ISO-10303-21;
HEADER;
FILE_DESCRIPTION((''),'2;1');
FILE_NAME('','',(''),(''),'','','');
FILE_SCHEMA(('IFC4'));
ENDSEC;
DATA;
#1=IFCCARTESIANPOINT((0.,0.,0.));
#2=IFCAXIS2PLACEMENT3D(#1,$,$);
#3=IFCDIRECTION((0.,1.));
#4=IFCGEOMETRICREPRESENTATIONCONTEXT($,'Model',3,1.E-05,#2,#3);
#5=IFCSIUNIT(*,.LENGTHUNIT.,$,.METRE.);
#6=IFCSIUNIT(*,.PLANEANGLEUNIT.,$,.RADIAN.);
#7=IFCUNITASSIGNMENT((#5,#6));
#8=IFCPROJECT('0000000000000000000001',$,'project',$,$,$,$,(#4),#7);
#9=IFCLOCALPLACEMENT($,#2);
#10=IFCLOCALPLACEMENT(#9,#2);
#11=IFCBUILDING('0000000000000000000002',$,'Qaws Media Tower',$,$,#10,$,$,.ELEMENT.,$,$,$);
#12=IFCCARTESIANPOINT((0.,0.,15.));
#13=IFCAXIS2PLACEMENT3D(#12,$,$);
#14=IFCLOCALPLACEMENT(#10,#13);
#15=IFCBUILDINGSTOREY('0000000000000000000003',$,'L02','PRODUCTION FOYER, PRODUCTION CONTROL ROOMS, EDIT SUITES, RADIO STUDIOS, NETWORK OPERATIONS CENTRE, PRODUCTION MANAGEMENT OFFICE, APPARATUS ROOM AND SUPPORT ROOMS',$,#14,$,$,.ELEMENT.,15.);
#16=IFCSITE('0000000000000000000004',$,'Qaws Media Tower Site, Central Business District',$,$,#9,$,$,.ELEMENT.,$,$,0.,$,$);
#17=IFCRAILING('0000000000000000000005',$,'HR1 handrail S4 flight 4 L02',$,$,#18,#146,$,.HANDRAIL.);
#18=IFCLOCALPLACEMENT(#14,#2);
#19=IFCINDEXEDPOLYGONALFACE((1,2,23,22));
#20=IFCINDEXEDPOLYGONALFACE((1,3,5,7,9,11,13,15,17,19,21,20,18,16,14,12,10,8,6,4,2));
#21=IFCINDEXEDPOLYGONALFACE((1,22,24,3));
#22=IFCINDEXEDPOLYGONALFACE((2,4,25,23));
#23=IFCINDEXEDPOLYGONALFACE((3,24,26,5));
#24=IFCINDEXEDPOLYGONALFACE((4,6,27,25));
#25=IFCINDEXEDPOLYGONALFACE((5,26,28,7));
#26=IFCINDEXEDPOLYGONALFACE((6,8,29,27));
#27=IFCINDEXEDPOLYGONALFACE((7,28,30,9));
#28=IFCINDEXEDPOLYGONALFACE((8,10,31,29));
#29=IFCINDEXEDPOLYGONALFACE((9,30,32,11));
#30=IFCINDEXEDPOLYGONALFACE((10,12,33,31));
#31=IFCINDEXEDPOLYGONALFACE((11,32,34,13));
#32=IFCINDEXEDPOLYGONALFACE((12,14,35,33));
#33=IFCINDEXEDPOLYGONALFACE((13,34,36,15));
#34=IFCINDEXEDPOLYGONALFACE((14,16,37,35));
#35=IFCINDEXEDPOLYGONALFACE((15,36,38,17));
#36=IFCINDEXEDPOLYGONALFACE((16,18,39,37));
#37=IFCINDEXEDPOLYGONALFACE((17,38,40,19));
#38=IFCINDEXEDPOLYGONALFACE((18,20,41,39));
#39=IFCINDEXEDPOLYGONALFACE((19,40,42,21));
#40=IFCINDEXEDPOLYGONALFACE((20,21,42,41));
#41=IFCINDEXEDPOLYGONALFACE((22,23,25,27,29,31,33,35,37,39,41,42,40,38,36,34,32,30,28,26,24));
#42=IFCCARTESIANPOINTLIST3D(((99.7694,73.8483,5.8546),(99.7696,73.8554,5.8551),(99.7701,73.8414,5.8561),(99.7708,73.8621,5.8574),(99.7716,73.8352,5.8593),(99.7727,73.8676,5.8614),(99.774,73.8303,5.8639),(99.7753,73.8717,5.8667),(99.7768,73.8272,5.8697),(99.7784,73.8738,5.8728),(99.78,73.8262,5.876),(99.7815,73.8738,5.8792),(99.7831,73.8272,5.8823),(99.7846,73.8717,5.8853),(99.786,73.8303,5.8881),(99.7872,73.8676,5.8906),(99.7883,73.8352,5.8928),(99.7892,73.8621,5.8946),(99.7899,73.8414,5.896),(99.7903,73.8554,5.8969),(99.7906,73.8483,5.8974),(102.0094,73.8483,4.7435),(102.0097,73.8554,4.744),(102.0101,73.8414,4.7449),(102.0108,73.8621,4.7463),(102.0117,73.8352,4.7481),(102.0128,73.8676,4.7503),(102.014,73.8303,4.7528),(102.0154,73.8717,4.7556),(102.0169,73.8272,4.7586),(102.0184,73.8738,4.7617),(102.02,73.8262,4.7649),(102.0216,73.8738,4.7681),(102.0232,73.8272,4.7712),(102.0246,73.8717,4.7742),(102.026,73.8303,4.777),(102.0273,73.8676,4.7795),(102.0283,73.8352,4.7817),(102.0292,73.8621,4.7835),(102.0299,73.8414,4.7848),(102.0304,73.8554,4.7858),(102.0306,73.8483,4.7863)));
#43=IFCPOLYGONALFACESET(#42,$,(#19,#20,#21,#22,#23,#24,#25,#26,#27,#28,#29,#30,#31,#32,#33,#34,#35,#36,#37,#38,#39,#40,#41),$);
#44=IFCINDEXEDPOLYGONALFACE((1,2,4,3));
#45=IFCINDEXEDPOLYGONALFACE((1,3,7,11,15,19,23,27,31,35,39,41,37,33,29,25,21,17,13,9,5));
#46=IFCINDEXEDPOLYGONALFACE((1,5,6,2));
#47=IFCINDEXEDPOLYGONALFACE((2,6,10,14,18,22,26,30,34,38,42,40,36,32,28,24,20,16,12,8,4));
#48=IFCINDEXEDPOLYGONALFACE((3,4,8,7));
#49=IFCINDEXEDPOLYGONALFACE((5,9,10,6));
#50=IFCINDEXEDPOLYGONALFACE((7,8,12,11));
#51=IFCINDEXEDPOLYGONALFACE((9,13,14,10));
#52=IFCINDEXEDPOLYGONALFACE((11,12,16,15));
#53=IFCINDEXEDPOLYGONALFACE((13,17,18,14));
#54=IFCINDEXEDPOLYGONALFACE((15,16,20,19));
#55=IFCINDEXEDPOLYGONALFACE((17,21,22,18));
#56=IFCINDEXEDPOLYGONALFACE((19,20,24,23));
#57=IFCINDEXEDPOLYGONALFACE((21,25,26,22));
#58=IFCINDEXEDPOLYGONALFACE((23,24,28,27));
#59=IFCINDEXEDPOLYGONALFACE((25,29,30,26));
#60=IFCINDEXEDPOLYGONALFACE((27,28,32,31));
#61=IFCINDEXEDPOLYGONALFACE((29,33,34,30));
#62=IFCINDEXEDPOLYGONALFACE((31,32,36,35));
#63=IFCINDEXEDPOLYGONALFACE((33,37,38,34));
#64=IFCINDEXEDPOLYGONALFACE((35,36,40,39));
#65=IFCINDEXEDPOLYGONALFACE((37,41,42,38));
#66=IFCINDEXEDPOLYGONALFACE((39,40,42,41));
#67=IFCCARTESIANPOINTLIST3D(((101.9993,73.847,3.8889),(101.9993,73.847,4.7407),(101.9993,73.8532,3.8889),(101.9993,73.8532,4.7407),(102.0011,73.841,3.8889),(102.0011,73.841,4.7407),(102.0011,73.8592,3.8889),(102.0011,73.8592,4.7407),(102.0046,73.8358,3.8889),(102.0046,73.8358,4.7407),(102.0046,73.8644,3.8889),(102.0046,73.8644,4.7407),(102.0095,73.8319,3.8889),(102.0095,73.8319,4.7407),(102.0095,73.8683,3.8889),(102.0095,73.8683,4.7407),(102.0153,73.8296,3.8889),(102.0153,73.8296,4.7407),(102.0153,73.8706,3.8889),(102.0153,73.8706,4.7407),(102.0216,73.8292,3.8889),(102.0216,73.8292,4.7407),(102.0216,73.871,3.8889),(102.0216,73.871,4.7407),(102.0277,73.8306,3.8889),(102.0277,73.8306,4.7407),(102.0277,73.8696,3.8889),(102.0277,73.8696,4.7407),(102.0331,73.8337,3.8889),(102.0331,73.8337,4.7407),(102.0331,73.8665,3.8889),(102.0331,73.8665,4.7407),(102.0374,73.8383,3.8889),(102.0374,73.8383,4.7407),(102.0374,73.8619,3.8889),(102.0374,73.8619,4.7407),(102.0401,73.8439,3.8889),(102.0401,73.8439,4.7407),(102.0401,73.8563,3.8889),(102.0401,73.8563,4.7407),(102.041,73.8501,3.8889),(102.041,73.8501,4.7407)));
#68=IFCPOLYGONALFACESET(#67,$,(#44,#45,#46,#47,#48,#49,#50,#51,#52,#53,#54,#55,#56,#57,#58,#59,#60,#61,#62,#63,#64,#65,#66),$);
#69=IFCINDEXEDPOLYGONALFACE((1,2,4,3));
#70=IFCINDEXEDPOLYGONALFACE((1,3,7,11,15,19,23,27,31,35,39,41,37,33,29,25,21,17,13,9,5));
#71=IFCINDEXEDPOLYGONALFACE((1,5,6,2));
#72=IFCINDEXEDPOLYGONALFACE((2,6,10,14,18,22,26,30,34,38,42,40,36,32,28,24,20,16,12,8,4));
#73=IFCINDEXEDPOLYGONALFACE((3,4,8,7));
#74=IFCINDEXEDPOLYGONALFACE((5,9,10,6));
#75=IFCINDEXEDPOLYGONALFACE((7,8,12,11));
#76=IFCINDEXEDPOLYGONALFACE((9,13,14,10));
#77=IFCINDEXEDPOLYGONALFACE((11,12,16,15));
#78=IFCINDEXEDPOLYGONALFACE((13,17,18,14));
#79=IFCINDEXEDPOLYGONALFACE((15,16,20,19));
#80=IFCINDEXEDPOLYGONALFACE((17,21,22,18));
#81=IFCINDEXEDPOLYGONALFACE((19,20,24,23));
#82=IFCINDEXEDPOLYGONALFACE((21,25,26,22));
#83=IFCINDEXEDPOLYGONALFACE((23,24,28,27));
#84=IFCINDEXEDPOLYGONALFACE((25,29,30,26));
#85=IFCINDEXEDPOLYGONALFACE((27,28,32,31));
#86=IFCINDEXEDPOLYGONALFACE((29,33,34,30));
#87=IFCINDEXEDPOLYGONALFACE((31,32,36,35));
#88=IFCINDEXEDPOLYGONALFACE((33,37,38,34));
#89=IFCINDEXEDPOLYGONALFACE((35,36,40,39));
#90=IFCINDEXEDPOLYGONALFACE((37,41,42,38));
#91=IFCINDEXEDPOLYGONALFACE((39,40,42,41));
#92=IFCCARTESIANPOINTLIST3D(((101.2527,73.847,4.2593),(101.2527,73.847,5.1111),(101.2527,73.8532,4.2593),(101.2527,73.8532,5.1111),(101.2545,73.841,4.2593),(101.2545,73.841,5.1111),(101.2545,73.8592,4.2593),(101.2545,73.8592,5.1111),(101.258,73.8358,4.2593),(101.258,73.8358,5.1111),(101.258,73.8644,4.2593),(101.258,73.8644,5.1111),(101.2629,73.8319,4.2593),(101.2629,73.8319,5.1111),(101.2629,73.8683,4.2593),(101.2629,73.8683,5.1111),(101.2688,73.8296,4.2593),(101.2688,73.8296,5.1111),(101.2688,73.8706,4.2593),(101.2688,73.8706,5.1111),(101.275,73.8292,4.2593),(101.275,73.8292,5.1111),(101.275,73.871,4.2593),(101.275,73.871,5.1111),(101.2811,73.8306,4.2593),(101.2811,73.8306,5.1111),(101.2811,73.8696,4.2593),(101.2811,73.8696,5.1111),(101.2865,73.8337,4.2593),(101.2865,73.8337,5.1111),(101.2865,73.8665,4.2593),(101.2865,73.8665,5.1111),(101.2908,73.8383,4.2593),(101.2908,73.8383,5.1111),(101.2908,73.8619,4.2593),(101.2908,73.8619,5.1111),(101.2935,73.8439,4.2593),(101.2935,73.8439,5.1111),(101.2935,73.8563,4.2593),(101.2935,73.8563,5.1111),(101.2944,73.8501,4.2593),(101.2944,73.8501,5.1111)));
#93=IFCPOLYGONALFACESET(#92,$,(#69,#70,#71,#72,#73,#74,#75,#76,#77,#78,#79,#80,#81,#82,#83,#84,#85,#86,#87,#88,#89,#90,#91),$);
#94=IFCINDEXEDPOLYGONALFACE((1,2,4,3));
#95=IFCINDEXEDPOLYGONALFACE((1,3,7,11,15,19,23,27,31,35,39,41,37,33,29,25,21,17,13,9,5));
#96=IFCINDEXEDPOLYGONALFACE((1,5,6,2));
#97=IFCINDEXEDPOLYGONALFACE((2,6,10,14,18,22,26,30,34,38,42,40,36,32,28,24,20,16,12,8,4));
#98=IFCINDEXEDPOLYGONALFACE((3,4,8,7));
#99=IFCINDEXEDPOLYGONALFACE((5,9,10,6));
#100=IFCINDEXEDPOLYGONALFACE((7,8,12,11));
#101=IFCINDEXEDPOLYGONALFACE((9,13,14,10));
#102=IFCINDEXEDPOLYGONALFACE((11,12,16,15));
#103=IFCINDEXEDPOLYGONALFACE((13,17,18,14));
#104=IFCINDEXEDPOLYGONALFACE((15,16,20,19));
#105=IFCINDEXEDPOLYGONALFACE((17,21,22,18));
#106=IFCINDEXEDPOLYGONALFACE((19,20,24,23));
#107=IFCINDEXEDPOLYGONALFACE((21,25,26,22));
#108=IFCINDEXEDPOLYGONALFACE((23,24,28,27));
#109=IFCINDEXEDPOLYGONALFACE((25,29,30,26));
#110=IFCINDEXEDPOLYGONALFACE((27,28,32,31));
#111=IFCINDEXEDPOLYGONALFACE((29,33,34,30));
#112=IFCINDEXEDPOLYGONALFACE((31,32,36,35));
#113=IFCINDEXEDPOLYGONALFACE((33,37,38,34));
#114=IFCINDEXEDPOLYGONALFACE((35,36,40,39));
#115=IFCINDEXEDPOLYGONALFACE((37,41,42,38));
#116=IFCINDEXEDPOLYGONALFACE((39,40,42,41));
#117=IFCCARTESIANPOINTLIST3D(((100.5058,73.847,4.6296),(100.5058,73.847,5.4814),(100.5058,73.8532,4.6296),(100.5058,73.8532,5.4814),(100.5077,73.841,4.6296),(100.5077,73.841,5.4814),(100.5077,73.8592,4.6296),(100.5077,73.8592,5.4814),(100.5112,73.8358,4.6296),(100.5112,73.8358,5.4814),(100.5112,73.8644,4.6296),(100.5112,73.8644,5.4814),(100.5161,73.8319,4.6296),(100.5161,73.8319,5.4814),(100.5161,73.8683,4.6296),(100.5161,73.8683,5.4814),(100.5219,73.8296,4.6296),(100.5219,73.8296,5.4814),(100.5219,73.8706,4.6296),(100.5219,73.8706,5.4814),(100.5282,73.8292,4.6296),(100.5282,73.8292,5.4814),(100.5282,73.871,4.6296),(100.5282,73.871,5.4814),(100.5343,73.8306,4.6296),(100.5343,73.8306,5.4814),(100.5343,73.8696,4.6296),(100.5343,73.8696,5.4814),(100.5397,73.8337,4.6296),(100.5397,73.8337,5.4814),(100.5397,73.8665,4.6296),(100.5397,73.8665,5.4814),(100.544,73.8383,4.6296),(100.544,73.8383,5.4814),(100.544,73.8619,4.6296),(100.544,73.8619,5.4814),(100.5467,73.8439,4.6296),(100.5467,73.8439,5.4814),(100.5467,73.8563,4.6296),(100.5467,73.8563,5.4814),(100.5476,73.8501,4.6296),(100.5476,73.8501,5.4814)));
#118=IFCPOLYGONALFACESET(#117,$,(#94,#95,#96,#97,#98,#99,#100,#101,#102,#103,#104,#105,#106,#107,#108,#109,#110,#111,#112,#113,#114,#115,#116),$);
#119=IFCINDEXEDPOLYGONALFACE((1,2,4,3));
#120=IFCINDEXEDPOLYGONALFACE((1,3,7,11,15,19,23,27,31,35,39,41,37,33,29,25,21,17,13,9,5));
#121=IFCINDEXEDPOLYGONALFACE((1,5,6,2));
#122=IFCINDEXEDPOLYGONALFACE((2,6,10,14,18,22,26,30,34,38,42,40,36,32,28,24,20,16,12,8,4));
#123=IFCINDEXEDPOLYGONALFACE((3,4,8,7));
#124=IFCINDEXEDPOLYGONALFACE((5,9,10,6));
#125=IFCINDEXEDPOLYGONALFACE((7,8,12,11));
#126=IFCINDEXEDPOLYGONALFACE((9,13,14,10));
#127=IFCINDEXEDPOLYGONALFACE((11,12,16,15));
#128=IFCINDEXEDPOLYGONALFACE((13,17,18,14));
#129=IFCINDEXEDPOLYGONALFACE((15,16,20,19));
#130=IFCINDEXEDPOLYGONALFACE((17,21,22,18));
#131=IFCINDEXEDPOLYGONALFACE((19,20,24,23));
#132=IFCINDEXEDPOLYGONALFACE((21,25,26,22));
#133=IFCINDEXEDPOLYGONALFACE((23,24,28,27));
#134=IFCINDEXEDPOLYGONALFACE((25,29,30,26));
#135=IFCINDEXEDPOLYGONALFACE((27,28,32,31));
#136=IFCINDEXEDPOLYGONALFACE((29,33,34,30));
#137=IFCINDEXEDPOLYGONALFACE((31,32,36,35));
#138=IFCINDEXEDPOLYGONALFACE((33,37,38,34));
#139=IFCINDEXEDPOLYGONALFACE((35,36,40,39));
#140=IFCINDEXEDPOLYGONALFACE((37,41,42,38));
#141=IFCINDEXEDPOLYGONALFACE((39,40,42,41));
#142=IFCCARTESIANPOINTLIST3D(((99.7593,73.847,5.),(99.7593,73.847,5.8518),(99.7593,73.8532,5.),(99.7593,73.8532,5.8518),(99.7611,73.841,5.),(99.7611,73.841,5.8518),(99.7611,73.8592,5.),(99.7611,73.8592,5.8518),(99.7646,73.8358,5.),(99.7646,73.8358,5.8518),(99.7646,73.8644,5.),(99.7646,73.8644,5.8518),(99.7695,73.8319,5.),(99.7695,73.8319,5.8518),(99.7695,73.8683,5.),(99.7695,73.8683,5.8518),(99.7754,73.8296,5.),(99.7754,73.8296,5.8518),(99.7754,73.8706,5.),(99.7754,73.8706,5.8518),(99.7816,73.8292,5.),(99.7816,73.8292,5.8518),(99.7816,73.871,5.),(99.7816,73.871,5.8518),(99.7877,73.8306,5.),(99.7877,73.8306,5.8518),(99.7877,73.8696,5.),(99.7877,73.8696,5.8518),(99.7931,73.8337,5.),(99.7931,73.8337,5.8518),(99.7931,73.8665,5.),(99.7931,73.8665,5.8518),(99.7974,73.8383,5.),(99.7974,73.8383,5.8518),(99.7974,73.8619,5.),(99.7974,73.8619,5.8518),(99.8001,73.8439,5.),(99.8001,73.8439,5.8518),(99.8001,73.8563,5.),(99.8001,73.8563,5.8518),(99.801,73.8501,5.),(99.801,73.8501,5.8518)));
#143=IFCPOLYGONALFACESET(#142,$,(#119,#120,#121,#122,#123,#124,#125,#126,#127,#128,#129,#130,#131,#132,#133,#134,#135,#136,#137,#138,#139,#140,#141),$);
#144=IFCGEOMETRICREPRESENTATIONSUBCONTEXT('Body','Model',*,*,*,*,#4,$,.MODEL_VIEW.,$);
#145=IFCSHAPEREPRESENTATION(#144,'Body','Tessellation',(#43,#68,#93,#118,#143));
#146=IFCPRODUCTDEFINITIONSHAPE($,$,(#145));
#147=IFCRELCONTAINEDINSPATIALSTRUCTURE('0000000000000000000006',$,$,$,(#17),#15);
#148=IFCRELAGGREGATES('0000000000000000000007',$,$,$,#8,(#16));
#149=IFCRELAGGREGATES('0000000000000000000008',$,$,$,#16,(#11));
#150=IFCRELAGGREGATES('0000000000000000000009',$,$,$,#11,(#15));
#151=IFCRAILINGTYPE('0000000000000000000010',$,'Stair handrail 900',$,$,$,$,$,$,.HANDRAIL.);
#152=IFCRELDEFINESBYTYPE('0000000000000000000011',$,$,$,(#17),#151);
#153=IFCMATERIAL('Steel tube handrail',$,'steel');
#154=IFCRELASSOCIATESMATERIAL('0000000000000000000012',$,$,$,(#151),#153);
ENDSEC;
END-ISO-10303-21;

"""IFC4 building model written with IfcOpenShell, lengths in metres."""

from ifc_helpers import new_model, si_unit, direction, frame, origin, origin_2d, place, context, subcontext, project, spatial, circle, extrude, material, type_object, element, save


model = new_model("IFC4")

# Units and contexts
model_context = context("Model", 3, precision=1e-05, world=origin(), true_north=direction((0.0, 1.0)))
body_context = subcontext(model_context, "Body", "Model", "MODEL_VIEW")
ifc_project = project(units=[si_unit("LENGTHUNIT", "METRE"), si_unit("PLANEANGLEUNIT", "RADIAN")], contexts=[model_context])

# Site, building, storey
site_placement = place(None, origin())
site = spatial("IfcSite", under=ifc_project, at=site_placement, Name="Qaws Media Tower Site, Central Business District", CompositionType="ELEMENT", RefElevation=0.0)
building_placement = place(site_placement, origin())
building = spatial("IfcBuilding", under=site, at=building_placement, Name="Qaws Media Tower", CompositionType="ELEMENT")
storey_placement = place(building_placement, frame((0.0, 0.0, 15.0)))
storey = spatial("IfcBuildingStorey", under=building, at=storey_placement, Name="L02", Description="PRODUCTION FOYER, PRODUCTION CONTROL ROOMS, EDIT SUITES, RADIO STUDIOS, NETWORK OPERATIONS CENTRE, PRODUCTION MANAGEMENT OFFICE, APPARATUS ROOM AND SUPPORT ROOMS", CompositionType="ELEMENT", Elevation=15.0)

# Railing
ifc_material_1 = material(Name="Steel tube handrail", Category="steel")
railing_type = type_object("IfcRailingType", Name="Stair handrail 900", PredefinedType="HANDRAIL", material=ifc_material_1)
for number, where, name in (
    (1, (102.02, 73.8501, 3.8889), "HR1 handrail S4 flight 4 L02"),
):
    element("IfcRailing", number, at=place(storey_placement, frame(where)), inside=storey, type_object=railing_type, Name=name, PredefinedType="HANDRAIL", context=body_context, shape_type="SweptSolid", body=[
        extrude(circle(Radius=0.0239, at=origin_2d()), frame((0.0, 0.0, 0.876), z_axis=(-0.895848, 0.0, 0.44436), x_axis=(0.0, -1.0, 0.0)), (0.0, 0.0, 1.0), 2.5005),
        extrude(circle(Radius=0.021, at=origin_2d()), origin(), (0.0, 0.0, 1.0), 0.8518),
        extrude(circle(Radius=0.021, at=origin_2d()), frame((-0.7466, 0.0, 0.3704)), (0.0, 0.0, 1.0), 0.8518),
        extrude(circle(Radius=0.021, at=origin_2d()), frame((-1.4934, 0.0, 0.7407)), (0.0, 0.0, 1.0), 0.8518),
        extrude(circle(Radius=0.021, at=origin_2d()), frame((-2.24, 0.0, 1.1111)), (0.0, 0.0, 1.0), 0.8518),
    ])

save(model, "model.ifc")
